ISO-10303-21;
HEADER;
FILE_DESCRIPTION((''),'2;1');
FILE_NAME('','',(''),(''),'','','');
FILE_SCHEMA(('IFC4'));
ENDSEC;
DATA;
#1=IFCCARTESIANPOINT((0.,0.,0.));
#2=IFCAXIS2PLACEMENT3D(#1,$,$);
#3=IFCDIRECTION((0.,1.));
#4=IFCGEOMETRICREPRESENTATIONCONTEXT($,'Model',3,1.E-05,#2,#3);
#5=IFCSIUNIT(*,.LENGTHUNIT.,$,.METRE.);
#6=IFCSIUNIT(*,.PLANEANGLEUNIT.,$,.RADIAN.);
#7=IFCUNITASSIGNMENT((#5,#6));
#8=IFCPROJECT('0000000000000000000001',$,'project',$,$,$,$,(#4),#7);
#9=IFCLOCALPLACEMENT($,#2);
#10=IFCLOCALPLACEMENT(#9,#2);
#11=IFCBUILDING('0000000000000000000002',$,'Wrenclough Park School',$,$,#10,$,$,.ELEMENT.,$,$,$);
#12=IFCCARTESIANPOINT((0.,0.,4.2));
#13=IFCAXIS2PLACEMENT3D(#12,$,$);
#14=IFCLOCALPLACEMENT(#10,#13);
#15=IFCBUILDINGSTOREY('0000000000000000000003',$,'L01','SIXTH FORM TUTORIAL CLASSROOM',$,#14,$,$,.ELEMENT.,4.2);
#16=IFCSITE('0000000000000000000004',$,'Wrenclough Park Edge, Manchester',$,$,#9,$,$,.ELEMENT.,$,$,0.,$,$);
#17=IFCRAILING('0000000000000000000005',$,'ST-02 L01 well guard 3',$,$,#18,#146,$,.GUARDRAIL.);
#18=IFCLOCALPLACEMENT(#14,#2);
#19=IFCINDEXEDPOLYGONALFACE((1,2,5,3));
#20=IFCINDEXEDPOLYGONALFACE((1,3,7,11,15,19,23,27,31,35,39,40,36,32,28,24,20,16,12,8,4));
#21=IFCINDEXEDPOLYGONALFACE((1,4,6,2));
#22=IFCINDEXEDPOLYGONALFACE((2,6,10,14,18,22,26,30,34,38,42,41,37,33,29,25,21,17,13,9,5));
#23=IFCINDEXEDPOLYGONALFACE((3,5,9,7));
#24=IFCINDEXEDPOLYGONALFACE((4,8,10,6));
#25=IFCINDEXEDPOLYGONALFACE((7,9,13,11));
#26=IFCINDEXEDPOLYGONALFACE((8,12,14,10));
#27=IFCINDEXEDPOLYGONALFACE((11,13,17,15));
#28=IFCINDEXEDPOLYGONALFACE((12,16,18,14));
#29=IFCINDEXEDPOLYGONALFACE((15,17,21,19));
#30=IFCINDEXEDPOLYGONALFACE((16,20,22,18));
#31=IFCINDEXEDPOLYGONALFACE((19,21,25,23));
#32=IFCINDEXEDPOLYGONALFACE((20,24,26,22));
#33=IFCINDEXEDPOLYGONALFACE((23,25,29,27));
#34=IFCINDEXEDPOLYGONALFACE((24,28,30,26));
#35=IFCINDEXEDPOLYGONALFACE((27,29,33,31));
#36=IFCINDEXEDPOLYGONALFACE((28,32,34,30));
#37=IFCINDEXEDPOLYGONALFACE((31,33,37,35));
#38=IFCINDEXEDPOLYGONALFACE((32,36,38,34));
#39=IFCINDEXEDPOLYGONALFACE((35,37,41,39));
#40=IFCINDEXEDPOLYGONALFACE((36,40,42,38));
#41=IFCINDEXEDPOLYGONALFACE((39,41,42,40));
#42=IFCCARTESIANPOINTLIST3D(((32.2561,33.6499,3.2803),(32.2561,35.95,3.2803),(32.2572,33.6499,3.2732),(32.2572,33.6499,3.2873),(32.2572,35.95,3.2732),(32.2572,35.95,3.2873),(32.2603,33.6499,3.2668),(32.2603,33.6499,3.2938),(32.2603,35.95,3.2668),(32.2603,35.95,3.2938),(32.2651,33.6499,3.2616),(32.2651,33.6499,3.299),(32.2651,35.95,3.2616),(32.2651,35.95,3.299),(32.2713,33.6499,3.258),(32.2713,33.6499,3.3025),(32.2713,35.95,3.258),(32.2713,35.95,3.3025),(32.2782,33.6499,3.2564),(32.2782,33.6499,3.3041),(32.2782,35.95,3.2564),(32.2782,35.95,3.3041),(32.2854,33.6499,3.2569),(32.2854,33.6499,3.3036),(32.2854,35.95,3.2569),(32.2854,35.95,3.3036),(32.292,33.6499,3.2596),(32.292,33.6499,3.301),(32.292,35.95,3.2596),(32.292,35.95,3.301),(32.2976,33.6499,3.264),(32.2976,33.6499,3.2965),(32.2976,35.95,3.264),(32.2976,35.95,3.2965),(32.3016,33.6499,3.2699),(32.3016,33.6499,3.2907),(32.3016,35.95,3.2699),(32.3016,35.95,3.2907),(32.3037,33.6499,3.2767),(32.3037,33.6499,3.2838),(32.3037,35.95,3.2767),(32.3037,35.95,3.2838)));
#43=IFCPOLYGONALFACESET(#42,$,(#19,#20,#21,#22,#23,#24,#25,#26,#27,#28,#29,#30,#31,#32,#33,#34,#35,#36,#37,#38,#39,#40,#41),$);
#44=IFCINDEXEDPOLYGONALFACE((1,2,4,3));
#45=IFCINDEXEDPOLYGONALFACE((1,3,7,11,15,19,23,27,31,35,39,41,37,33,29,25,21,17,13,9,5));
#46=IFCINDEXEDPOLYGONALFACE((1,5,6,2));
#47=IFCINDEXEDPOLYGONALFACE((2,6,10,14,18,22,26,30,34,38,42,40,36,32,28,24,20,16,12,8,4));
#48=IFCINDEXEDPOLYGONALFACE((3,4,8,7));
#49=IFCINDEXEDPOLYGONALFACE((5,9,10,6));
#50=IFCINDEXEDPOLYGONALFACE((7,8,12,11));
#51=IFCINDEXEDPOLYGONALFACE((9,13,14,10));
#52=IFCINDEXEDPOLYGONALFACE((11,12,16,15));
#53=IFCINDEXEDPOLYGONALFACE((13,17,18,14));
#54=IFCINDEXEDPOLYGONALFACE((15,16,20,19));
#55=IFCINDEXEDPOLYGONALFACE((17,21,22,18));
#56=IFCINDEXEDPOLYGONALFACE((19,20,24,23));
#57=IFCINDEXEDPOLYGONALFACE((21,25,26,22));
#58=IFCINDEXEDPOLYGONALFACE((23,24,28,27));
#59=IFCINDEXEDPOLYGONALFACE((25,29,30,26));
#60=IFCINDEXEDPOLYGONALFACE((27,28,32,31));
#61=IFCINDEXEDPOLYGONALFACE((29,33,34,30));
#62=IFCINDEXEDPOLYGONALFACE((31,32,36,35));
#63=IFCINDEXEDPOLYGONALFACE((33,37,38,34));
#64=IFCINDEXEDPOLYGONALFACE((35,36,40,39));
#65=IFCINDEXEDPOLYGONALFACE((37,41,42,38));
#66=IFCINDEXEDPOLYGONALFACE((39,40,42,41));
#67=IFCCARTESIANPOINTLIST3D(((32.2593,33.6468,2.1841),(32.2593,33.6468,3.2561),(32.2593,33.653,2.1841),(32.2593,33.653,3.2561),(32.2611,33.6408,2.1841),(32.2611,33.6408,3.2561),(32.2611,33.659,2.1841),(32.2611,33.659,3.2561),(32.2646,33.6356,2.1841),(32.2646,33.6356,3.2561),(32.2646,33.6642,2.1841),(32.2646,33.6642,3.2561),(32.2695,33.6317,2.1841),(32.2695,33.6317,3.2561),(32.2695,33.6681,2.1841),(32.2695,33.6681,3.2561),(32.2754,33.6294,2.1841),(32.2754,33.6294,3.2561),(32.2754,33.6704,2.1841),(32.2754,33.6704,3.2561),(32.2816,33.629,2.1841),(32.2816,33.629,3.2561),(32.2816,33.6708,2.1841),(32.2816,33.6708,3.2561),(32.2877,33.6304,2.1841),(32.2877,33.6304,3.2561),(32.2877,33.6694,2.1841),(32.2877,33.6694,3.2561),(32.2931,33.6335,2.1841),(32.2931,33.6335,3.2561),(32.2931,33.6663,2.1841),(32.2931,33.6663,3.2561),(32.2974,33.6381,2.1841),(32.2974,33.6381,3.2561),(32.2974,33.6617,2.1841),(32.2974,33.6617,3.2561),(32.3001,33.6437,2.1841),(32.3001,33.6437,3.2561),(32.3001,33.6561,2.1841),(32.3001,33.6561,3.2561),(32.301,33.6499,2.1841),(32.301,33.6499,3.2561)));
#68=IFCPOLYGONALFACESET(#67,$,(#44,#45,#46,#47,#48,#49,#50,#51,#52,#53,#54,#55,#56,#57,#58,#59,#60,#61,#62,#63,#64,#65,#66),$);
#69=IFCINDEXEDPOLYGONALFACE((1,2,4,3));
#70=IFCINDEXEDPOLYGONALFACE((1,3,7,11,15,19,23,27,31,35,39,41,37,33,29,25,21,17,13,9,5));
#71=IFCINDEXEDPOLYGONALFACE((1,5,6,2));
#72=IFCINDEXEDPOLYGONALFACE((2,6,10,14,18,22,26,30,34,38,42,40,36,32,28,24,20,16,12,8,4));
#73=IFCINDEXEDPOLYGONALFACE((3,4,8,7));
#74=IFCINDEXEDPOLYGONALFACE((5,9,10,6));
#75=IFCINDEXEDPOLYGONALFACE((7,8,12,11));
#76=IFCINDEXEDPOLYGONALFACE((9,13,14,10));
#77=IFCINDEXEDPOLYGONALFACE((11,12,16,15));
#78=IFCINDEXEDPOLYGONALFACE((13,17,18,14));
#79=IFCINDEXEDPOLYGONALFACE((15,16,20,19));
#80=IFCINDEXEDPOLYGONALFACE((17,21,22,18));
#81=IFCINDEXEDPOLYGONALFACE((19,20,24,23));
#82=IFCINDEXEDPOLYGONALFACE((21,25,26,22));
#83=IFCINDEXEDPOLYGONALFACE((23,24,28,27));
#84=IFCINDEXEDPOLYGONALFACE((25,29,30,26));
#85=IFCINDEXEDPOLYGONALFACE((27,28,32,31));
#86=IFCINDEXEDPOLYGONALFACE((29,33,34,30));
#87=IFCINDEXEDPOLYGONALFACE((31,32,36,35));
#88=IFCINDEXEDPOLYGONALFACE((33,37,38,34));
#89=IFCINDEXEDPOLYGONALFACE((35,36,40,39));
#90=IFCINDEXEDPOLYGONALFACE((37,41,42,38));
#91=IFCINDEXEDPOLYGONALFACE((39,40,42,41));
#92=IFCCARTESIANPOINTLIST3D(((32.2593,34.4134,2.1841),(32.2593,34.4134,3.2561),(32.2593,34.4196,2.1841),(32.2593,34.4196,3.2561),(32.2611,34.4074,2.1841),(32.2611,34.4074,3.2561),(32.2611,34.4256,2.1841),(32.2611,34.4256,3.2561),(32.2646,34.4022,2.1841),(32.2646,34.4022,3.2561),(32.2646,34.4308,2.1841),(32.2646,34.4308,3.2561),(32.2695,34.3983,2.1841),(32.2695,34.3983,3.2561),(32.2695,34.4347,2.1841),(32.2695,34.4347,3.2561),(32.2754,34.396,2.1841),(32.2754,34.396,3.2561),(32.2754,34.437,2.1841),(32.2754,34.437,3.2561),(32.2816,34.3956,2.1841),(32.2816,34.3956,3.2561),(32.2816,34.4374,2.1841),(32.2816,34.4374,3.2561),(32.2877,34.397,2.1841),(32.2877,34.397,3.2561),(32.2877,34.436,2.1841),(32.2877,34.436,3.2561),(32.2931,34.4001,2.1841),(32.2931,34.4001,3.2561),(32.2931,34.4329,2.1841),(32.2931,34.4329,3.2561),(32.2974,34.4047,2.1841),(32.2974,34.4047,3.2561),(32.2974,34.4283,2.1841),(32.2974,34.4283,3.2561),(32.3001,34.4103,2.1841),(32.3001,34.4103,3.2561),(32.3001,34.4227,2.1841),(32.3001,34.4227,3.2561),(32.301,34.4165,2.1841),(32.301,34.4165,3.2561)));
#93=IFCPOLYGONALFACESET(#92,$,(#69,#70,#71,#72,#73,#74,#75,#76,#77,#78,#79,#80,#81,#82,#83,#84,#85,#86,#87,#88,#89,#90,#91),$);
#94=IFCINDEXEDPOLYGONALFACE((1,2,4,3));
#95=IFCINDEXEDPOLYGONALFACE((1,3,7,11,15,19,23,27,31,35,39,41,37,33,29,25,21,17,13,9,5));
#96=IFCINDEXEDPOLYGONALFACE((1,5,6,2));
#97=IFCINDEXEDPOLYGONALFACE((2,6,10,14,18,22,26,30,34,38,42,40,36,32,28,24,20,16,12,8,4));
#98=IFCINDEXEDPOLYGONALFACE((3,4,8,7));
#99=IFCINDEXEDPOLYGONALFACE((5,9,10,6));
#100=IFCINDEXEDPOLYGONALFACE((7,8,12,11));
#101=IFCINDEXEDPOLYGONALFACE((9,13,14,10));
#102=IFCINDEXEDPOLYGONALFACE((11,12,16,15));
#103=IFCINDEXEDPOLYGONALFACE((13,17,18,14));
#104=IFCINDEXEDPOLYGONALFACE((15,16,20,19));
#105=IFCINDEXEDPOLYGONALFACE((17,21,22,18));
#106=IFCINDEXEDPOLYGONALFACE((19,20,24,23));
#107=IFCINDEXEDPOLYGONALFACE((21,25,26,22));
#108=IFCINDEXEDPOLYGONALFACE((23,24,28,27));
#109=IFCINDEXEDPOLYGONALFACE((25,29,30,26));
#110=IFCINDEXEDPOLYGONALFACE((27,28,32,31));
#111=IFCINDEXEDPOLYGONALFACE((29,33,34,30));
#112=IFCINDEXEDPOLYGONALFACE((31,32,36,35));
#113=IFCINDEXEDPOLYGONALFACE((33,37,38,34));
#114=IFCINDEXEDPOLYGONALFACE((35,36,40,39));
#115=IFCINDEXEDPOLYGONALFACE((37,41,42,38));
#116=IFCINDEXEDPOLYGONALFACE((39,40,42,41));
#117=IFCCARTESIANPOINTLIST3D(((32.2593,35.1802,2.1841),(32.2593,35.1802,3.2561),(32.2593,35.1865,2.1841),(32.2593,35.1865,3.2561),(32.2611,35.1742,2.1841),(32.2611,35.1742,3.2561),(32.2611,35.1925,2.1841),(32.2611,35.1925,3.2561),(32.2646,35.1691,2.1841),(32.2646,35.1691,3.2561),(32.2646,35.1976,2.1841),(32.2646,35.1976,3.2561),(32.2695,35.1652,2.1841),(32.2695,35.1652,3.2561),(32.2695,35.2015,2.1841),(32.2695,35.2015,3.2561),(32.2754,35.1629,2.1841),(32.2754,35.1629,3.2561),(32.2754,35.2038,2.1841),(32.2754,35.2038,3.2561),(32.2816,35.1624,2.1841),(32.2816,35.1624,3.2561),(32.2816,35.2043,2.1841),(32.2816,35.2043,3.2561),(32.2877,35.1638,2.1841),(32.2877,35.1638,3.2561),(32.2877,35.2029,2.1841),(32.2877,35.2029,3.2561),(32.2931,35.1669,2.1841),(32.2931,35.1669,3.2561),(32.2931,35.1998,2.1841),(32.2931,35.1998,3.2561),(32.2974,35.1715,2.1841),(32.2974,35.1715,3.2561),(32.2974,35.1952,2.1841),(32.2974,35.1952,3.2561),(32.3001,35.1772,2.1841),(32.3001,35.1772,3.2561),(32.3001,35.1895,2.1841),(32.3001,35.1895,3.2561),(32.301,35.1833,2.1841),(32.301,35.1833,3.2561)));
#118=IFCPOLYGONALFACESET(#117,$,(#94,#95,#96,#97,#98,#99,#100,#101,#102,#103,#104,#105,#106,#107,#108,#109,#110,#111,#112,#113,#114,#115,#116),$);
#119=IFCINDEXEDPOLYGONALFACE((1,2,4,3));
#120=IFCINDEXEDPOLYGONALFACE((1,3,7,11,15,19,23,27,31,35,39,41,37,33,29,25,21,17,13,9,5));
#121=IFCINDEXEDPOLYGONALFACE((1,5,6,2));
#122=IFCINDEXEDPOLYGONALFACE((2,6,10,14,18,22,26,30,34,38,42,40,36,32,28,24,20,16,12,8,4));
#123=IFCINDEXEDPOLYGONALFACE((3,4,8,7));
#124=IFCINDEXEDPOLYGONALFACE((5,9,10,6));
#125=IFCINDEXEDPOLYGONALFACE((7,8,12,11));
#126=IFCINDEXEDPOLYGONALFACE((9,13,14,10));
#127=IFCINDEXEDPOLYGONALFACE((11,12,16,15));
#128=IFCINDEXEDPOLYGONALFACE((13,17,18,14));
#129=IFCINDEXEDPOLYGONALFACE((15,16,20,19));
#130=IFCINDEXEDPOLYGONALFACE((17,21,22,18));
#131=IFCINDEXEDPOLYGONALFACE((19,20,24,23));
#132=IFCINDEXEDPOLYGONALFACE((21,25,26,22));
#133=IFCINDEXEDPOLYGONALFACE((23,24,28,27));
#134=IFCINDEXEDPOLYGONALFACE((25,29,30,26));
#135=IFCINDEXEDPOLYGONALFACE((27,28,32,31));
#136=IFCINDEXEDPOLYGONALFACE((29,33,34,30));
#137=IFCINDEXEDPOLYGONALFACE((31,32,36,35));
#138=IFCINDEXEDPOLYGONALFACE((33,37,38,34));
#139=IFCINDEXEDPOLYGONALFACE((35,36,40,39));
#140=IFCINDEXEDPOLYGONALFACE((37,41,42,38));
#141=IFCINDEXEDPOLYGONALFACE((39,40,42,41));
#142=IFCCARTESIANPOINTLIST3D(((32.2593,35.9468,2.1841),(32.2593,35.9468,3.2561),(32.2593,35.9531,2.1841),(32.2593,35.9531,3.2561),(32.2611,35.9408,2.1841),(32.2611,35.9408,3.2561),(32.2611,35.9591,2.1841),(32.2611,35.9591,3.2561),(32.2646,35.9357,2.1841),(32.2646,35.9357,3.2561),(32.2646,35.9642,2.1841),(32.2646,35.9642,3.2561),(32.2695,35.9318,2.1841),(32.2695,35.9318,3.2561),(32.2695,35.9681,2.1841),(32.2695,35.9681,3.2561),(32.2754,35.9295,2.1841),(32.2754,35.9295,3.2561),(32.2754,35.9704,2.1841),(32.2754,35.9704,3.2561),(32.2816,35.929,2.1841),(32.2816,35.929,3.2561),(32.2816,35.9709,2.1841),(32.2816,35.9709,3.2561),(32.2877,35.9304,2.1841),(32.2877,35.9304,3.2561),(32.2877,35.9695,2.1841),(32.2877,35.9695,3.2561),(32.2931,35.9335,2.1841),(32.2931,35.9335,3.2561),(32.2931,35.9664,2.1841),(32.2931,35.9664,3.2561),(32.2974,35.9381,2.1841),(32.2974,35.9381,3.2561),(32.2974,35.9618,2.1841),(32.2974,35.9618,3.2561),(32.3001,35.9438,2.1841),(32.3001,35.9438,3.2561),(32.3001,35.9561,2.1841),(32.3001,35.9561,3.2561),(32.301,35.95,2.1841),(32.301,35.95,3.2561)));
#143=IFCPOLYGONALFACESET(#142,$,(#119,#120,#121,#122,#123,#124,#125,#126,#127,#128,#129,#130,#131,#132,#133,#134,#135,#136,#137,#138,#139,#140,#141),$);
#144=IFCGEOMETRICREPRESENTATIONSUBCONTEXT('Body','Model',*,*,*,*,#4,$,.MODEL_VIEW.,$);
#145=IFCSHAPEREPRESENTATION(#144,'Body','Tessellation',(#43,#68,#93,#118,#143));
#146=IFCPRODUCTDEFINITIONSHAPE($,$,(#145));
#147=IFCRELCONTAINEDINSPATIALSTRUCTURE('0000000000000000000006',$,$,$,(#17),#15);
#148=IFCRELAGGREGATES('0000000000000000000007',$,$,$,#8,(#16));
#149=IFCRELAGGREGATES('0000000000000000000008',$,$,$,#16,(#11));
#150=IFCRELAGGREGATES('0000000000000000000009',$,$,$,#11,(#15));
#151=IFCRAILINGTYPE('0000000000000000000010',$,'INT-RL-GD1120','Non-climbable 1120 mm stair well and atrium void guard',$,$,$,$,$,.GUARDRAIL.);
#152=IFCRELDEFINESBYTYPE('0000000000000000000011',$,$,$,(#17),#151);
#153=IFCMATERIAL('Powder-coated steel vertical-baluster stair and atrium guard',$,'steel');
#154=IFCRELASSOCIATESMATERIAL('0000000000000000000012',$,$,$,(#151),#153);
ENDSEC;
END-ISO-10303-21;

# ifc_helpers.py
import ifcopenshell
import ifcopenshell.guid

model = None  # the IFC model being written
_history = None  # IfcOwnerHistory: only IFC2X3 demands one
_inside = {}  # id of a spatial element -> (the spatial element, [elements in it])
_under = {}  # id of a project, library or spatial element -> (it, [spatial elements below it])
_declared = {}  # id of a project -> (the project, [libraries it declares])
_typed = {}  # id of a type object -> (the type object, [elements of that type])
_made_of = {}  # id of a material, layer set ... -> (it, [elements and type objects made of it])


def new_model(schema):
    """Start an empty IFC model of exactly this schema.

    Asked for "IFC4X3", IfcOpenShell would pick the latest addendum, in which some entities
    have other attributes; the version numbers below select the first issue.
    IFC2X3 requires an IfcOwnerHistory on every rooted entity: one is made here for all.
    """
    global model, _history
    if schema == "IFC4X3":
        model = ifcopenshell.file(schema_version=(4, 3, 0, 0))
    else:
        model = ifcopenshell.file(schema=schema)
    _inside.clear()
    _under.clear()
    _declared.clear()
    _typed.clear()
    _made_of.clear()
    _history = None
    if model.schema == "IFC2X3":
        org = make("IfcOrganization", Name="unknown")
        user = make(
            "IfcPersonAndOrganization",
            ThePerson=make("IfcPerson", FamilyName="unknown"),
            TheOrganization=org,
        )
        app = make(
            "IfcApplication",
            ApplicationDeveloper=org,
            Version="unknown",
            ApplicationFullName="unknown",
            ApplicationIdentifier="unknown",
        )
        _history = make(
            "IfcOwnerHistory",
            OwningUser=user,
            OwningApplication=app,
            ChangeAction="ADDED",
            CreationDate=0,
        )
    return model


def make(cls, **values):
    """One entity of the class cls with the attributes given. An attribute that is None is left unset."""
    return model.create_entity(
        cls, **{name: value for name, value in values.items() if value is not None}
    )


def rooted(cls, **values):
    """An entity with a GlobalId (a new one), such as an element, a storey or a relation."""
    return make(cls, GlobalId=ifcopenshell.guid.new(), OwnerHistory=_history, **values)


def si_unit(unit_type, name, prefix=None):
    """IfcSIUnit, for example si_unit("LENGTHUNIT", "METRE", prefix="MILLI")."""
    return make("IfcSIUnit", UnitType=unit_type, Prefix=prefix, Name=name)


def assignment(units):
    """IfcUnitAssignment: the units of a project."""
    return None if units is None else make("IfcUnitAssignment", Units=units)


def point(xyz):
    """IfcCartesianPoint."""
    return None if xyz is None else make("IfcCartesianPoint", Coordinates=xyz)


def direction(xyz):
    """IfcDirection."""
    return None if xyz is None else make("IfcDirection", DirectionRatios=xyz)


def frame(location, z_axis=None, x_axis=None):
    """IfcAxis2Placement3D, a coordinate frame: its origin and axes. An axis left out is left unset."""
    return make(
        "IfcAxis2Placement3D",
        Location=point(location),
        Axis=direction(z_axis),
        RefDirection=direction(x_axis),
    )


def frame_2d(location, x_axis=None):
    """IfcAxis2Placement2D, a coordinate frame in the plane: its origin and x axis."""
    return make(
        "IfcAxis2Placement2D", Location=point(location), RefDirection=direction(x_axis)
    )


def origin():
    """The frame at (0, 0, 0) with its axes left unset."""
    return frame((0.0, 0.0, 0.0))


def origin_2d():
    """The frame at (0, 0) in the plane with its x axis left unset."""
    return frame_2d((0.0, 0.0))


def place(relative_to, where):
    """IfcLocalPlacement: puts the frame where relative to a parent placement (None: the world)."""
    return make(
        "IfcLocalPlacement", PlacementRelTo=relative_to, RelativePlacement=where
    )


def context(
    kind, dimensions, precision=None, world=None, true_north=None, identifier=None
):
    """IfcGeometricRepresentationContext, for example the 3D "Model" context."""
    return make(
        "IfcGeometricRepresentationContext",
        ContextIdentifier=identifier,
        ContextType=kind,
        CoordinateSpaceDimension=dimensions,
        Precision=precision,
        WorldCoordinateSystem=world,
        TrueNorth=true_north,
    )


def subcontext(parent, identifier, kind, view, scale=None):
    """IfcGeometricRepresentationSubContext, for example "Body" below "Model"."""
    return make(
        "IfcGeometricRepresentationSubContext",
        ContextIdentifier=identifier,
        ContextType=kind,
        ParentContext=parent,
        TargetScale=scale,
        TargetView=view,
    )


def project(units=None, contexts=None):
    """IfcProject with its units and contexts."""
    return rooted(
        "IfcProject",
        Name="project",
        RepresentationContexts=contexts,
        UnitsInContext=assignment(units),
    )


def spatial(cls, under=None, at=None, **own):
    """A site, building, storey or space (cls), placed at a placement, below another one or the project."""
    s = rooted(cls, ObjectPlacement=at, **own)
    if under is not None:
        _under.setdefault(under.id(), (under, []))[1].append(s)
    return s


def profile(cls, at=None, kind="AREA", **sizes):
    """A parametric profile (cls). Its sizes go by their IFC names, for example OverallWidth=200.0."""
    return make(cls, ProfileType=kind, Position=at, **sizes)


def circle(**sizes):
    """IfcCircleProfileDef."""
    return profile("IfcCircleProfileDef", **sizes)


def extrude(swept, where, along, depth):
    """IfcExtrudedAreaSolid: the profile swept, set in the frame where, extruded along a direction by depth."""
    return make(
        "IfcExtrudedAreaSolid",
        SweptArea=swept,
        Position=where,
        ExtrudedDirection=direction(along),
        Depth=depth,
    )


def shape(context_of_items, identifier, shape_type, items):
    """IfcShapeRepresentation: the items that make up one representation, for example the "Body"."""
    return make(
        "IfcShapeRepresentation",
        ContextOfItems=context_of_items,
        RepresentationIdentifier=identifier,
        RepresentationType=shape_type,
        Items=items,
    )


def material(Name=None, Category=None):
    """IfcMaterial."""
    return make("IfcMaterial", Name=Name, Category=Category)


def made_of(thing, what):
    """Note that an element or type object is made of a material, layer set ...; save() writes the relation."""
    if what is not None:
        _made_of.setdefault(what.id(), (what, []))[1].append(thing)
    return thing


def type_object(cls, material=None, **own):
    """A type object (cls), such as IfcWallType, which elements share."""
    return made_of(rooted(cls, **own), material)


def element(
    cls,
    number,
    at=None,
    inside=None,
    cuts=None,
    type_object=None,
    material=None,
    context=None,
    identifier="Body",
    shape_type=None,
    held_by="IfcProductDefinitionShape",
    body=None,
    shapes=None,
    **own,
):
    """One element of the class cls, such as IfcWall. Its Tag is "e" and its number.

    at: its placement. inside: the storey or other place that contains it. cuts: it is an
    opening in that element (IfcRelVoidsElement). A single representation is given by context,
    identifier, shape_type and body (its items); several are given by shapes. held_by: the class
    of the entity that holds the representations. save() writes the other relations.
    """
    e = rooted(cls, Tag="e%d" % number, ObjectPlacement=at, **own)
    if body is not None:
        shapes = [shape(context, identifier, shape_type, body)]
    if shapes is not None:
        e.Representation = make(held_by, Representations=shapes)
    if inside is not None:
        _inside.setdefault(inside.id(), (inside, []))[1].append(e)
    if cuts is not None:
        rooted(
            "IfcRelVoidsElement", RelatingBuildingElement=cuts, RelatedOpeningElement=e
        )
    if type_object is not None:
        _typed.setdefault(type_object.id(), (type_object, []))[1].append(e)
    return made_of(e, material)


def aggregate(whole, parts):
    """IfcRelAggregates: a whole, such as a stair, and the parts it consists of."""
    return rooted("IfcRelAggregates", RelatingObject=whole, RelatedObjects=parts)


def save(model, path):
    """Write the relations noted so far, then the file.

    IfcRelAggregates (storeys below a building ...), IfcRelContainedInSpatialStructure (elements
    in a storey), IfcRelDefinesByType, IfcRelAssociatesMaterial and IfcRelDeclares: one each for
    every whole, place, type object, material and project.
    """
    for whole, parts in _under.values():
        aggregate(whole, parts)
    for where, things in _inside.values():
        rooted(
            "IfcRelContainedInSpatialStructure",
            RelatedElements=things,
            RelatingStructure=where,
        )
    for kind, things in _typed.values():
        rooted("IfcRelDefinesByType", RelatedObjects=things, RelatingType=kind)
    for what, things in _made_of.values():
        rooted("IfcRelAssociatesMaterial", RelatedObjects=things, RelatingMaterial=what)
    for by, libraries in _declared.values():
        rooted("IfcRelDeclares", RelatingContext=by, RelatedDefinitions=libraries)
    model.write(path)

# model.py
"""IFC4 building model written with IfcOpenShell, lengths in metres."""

from ifc_helpers import new_model, si_unit, direction, frame, origin, origin_2d, place, context, subcontext, project, spatial, circle, extrude, material, type_object, element, save


model = new_model("IFC4")

# Units and contexts
model_context = context("Model", 3, precision=1e-05, world=origin(), true_north=direction((0.0, 1.0)))
body_context = subcontext(model_context, "Body", "Model", "MODEL_VIEW")
ifc_project = project(units=[si_unit("LENGTHUNIT", "METRE"), si_unit("PLANEANGLEUNIT", "RADIAN")], contexts=[model_context])

# Site, building, storey
site_placement = place(None, origin())
site = spatial("IfcSite", under=ifc_project, at=site_placement, Name="Wrenclough Park Edge, Manchester", CompositionType="ELEMENT", RefElevation=0.0)
building_placement = place(site_placement, origin())
building = spatial("IfcBuilding", under=site, at=building_placement, Name="Wrenclough Park School", CompositionType="ELEMENT")
storey_placement = place(building_placement, frame((0.0, 0.0, 4.2)))
storey = spatial("IfcBuildingStorey", under=building, at=storey_placement, Name="L01", Description="SIXTH FORM TUTORIAL CLASSROOM", CompositionType="ELEMENT", Elevation=4.2)

# Railing
ifc_material_1 = material(Name="Powder-coated steel vertical-baluster stair and atrium guard", Category="steel")
railing_type_1 = type_object("IfcRailingType", Name="INT-RL-GD1120", Description="Non-climbable 1120 mm stair well and atrium void guard", PredefinedType="GUARDRAIL", material=ifc_material_1)
railing_1_placement = place(storey_placement, frame((32.28, 33.6499, 2.1841)))
element("IfcRailing", 1, at=railing_1_placement, inside=storey, type_object=railing_type_1, Name="ST-02 L01 well guard 3", PredefinedType="GUARDRAIL", context=body_context, shape_type="SweptSolid", body=[
    extrude(circle(Radius=0.0239, at=origin_2d()), frame((0.0, 0.0, 1.0962), z_axis=(0.0, 1.0, 0.0), x_axis=(-1.0, 0.0, 0.0)), (0.0, 0.0, 1.0), 2.3),
    extrude(circle(Radius=0.021, at=origin_2d()), origin(), (0.0, 0.0, 1.0), 1.072),
    extrude(circle(Radius=0.021, at=origin_2d()), frame((0.0, 0.7666, 0.0)), (0.0, 0.0, 1.0), 1.072),
    extrude(circle(Radius=0.021, at=origin_2d()), frame((0.0, 1.5334, 0.0)), (0.0, 0.0, 1.0), 1.072),
    extrude(circle(Radius=0.021, at=origin_2d()), frame((0.0, 2.3, 0.0)), (0.0, 0.0, 1.0), 1.072),
])

save(model, "model.ifc")
